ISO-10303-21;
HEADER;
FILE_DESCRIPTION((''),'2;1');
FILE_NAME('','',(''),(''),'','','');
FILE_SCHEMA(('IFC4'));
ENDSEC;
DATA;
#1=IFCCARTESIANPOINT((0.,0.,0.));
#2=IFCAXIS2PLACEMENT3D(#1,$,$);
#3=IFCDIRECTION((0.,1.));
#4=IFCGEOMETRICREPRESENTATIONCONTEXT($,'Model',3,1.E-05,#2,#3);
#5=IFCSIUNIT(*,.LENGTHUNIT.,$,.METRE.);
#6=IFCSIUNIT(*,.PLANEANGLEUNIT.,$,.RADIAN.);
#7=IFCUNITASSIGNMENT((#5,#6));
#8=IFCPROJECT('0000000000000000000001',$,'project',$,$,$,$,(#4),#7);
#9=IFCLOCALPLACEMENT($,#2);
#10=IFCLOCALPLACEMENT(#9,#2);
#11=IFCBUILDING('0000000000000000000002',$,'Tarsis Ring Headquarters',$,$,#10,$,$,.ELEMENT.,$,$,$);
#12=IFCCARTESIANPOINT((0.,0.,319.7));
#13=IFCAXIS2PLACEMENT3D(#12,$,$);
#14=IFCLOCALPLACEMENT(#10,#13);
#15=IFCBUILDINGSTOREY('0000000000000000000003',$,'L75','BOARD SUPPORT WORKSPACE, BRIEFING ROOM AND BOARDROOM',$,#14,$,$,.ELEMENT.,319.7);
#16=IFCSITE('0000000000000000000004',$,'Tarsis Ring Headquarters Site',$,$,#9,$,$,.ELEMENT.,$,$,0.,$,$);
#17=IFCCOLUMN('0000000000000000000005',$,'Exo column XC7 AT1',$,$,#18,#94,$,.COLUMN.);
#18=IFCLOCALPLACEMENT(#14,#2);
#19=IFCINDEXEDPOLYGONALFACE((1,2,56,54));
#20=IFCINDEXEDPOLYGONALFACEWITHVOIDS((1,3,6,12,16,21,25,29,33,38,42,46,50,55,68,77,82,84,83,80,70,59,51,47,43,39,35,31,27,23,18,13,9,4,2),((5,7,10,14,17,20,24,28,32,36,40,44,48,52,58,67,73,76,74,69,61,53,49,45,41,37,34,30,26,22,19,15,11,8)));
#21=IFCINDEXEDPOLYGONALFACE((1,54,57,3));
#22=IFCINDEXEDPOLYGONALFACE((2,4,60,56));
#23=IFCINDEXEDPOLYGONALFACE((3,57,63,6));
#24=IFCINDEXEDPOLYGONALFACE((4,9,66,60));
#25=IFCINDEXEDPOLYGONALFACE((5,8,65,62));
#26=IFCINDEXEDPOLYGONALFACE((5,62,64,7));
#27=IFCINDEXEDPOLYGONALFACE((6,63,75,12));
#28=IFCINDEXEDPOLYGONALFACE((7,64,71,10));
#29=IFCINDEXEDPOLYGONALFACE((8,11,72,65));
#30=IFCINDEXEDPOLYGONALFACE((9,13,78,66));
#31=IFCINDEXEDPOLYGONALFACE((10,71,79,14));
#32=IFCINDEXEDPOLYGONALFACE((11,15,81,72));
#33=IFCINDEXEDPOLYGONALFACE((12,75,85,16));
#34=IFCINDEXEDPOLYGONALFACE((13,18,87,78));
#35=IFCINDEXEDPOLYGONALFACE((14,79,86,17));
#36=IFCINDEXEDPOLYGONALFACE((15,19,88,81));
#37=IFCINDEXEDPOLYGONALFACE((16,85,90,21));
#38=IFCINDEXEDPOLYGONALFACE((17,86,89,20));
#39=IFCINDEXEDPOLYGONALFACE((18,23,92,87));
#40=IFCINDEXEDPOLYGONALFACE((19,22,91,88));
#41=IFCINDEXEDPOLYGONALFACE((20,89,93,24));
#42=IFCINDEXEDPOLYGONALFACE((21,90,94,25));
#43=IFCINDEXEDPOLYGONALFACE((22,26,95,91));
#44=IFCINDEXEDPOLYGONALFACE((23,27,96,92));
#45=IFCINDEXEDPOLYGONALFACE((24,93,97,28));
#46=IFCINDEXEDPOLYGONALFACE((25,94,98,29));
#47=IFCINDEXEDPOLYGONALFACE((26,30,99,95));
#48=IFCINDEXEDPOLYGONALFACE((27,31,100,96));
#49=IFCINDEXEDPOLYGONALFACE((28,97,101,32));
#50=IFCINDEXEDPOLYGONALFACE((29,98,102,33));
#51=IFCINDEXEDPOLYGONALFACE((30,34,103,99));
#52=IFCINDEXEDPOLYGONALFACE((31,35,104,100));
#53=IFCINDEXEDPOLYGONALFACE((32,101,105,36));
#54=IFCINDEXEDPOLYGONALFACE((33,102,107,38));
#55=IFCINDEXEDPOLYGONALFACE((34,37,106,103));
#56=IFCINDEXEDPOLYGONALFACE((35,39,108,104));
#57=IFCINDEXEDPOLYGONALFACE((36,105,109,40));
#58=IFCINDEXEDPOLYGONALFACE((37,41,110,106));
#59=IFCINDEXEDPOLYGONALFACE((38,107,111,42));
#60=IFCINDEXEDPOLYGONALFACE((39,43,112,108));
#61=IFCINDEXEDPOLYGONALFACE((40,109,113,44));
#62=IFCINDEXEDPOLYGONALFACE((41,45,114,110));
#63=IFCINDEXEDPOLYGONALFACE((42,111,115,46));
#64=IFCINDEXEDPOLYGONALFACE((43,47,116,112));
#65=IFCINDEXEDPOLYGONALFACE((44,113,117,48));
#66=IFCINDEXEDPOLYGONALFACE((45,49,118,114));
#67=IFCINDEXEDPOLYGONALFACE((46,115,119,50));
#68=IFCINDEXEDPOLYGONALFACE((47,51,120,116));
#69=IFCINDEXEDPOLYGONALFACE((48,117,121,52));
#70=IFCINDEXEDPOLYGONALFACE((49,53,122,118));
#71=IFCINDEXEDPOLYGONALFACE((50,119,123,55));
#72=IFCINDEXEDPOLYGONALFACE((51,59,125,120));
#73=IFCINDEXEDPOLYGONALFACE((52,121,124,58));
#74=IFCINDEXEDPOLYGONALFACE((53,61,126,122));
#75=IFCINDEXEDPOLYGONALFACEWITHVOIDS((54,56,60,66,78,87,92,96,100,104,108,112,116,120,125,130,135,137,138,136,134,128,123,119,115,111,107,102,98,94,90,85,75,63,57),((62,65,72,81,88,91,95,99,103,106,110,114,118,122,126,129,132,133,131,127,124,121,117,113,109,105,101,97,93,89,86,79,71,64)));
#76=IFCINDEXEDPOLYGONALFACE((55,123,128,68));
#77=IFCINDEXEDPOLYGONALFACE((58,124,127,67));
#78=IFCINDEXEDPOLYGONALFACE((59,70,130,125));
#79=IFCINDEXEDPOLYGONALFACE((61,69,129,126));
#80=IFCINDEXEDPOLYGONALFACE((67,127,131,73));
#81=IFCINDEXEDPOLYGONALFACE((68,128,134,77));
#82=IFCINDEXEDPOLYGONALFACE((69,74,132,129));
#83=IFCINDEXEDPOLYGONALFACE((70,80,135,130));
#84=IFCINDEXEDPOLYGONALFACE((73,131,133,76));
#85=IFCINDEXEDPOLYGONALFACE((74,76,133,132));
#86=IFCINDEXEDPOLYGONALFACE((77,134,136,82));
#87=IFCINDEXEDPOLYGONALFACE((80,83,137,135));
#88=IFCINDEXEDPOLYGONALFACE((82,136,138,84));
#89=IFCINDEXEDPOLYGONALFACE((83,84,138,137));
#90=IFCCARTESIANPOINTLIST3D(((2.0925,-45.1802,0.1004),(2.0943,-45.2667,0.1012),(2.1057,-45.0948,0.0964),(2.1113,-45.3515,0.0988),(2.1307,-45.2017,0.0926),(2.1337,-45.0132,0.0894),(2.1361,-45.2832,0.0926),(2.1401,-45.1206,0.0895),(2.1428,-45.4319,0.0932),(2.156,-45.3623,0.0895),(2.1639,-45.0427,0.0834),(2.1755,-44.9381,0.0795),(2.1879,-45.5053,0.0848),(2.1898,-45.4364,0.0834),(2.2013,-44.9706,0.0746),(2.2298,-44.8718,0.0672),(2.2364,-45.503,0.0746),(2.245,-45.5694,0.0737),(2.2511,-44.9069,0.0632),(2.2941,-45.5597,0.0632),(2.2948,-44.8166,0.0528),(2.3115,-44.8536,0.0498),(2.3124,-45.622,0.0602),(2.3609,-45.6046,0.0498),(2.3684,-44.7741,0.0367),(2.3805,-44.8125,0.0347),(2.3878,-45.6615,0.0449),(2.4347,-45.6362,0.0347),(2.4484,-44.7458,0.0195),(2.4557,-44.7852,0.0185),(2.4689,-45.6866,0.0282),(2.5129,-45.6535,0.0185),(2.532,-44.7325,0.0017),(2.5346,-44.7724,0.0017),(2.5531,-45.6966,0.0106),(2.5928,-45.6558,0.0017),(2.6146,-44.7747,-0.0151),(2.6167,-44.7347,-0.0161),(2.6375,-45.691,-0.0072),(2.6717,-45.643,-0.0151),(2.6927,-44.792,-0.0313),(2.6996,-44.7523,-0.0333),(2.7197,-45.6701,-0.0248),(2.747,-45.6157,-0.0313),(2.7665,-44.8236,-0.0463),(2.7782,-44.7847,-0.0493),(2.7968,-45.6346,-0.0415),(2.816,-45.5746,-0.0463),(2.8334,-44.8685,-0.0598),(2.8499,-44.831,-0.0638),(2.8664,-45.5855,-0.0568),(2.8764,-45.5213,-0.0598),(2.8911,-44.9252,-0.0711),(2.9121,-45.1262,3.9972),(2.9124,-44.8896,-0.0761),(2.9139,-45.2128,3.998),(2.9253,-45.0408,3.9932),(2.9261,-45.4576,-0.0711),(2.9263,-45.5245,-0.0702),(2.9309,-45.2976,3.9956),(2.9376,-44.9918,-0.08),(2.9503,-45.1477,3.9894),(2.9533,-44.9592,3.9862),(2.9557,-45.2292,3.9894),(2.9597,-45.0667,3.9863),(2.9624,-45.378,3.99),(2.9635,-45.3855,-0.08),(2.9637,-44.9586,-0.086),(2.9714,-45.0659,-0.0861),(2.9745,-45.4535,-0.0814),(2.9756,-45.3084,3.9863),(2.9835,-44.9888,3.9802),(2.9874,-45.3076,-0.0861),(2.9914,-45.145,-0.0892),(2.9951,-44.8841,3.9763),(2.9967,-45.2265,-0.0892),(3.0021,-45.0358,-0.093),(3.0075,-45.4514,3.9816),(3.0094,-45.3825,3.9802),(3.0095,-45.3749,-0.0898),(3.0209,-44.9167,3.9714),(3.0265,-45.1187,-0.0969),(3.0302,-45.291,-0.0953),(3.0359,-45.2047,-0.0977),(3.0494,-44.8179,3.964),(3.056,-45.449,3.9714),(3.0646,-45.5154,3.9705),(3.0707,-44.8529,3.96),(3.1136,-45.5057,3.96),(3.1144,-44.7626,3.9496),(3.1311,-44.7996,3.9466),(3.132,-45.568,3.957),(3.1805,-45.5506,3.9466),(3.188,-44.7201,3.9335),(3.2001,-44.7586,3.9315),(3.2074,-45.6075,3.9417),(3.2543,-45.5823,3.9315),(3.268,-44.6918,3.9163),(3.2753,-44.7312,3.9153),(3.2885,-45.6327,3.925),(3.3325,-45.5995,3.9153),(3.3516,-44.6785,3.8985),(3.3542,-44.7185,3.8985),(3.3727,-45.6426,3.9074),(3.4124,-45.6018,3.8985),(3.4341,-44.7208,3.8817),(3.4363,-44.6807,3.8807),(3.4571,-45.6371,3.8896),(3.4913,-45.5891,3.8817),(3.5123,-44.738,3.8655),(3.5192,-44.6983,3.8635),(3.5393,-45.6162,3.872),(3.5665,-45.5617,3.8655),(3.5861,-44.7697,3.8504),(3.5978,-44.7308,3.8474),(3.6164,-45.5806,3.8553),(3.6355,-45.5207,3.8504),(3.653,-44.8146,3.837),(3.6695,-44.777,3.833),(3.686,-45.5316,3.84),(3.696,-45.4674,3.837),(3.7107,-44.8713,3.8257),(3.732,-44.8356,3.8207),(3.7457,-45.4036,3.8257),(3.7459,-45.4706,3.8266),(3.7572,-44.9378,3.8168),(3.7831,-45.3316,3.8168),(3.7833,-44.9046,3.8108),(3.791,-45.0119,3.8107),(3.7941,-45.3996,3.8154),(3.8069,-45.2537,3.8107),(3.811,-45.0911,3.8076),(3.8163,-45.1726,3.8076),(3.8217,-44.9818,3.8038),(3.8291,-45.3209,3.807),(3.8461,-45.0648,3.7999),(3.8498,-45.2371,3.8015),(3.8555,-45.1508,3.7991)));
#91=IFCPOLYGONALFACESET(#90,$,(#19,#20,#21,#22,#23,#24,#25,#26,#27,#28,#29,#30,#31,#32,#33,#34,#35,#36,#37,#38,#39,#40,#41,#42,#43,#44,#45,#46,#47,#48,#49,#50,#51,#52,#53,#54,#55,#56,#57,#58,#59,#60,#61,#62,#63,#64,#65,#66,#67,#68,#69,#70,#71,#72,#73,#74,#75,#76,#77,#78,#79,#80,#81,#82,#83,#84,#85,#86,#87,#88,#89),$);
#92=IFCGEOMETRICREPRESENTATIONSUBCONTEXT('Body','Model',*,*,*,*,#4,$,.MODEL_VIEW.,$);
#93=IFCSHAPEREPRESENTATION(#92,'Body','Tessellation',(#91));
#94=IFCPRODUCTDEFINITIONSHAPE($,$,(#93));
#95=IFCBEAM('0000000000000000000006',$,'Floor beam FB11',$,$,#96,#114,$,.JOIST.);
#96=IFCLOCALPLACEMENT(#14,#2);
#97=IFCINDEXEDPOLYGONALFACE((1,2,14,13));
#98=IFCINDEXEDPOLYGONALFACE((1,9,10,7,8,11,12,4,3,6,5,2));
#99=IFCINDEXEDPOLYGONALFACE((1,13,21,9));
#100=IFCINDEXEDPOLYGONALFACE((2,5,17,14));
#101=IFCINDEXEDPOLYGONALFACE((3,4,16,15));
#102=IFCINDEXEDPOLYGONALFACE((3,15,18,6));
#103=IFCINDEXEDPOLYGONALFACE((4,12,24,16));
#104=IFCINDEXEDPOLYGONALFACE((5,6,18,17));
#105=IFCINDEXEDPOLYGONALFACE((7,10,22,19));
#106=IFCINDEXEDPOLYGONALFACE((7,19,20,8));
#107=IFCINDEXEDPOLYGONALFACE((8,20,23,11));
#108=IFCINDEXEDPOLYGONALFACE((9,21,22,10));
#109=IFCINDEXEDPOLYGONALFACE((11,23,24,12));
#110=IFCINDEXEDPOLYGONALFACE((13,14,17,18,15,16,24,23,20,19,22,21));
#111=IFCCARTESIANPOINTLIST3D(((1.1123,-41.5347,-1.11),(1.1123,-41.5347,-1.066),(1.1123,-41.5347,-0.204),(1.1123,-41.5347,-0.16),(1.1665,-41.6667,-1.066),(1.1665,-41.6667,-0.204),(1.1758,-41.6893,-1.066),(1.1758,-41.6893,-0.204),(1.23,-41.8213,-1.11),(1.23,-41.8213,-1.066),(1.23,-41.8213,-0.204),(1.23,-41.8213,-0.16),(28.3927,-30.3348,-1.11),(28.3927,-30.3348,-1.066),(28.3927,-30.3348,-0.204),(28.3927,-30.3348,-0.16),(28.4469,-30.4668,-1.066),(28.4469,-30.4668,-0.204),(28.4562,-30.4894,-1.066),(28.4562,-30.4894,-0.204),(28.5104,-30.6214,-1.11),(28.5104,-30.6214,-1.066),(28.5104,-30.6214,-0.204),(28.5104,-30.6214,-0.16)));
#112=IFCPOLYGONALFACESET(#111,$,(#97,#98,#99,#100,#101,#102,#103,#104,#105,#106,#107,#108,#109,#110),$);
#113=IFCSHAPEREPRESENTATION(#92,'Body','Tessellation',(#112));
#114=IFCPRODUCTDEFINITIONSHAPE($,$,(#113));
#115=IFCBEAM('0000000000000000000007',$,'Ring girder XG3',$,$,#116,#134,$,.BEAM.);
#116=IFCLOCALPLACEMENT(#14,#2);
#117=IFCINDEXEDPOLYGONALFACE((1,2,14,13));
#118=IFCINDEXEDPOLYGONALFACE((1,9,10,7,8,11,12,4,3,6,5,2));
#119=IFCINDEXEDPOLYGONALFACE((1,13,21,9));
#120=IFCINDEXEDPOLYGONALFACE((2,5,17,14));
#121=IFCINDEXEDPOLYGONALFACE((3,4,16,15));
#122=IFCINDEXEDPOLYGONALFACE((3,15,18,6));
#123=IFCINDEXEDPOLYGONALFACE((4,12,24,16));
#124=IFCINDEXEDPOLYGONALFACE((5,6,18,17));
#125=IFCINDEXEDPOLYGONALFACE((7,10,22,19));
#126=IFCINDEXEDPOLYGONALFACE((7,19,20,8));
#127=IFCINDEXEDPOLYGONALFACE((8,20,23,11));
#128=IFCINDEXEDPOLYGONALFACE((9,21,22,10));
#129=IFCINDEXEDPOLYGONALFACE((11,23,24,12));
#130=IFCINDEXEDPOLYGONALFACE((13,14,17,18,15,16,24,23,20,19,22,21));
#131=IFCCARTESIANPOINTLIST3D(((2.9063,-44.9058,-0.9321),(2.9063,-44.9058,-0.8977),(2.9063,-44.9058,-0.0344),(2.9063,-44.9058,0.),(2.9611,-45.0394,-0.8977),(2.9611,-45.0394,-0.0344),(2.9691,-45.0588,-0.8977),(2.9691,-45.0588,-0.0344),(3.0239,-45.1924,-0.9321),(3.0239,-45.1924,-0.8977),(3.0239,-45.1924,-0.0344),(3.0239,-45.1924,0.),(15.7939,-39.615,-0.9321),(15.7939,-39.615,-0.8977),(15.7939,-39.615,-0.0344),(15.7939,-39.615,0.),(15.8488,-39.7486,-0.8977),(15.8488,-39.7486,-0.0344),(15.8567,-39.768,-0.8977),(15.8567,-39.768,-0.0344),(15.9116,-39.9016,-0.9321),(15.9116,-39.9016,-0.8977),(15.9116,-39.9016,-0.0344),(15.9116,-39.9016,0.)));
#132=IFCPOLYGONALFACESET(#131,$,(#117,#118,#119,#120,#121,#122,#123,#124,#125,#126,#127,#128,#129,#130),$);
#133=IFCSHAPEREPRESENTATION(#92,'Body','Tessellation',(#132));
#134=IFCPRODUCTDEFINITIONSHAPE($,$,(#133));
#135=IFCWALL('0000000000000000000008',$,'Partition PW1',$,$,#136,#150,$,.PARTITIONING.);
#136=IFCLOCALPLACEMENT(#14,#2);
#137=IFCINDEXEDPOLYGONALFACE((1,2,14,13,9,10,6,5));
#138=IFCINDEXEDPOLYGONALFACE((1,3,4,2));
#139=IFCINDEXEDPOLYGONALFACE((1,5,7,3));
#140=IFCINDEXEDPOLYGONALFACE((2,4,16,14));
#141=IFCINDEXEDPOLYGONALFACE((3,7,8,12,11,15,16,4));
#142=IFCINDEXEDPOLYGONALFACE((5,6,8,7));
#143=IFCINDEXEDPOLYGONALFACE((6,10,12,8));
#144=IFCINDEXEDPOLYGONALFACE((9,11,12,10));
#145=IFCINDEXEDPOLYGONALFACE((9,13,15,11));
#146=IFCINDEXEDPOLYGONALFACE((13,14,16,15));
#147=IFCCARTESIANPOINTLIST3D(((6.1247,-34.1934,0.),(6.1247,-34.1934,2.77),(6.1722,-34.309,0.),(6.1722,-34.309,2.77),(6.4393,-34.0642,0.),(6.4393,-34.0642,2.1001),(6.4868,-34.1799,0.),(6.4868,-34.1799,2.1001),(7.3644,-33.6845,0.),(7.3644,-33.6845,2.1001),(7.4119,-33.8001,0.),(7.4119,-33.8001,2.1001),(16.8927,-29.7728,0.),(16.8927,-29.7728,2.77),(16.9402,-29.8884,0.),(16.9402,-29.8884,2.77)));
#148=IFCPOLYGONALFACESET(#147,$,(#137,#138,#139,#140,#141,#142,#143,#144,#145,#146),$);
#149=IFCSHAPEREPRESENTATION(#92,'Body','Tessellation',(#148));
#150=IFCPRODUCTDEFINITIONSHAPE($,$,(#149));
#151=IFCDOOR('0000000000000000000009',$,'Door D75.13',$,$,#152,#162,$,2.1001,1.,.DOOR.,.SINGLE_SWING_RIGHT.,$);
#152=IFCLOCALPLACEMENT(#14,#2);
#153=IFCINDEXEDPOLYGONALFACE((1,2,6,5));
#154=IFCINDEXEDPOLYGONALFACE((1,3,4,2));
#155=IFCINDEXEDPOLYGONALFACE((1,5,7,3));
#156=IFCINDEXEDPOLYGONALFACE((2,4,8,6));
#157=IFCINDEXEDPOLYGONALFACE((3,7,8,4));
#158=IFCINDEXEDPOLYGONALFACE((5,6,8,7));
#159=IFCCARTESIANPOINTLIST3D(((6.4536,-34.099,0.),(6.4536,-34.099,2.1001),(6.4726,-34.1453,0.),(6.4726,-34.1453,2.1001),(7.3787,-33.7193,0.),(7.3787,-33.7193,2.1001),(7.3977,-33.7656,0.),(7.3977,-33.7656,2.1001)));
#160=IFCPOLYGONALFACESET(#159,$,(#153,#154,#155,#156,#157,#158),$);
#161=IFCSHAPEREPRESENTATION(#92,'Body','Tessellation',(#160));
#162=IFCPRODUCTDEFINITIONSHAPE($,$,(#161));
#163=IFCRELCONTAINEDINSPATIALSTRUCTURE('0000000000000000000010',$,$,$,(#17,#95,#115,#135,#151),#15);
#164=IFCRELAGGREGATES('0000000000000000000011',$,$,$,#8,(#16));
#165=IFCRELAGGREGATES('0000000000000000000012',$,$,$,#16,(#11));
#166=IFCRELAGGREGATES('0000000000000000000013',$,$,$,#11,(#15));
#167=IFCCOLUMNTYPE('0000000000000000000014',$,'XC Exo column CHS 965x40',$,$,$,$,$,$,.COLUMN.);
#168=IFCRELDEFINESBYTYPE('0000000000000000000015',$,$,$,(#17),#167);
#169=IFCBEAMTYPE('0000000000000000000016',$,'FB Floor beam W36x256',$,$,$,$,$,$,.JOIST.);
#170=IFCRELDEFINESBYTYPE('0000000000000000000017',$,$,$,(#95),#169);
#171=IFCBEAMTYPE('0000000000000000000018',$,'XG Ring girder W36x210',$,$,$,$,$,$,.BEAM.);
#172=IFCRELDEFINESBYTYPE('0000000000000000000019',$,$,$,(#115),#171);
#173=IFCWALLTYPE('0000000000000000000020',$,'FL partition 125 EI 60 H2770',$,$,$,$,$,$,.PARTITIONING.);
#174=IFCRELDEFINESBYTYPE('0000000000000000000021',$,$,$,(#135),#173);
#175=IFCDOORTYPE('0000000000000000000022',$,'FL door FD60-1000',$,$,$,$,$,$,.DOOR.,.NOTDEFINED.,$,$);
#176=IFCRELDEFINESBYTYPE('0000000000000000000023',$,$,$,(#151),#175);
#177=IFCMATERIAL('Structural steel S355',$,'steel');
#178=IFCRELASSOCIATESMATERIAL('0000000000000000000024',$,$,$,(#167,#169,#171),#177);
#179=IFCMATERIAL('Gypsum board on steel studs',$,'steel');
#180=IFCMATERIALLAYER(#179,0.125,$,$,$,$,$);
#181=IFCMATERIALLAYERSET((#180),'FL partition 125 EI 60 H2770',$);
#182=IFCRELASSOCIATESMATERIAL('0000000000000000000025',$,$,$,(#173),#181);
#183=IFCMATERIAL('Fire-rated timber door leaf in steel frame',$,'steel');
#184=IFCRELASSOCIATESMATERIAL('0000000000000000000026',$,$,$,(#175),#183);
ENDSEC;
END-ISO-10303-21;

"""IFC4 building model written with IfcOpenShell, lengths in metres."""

from ifc_helpers import new_model, si_unit, direction, frame, frame_2d, origin, origin_2d, place, context, subcontext, project, spatial, rectangle, hollow_circle, i_section, extrude, material, layer, layer_set, material_profile, profile_set, type_object, element, fill, save


model = new_model("IFC4")

# Units and contexts
model_context = context("Model", 3, precision=1e-05, world=origin(), true_north=direction((0.0, 1.0)))
body_context = subcontext(model_context, "Body", "Model", "MODEL_VIEW")
ifc_project = project(units=[si_unit("LENGTHUNIT", "METRE"), si_unit("PLANEANGLEUNIT", "RADIAN")], contexts=[model_context])

# Site, building, storey
site_placement = place(None, origin())
site = spatial("IfcSite", under=ifc_project, at=site_placement, Name="Tarsis Ring Headquarters Site", CompositionType="ELEMENT", RefElevation=0.0)
building_placement = place(site_placement, origin())
building = spatial("IfcBuilding", under=site, at=building_placement, Name="Tarsis Ring Headquarters", CompositionType="ELEMENT")
storey_placement = place(building_placement, frame((0.0, 0.0, 319.7)))
storey = spatial("IfcBuildingStorey", under=building, at=storey_placement, Name="L75", Description="BOARD SUPPORT WORKSPACE, BRIEFING ROOM AND BOARDROOM", CompositionType="ELEMENT", Elevation=319.7)

# Column
ifc_material_1 = material(Name="Structural steel S355", Category="steel")
ifc_material_profile_1 = material_profile(ifc_material_1, hollow_circle(Radius=0.4827, WallThickness=0.04, at=origin_2d()), Name="CHS 965x40")
ifc_profile_set_1 = profile_set([ifc_material_profile_1], Name="Structural steel S355")
column_type = type_object("IfcColumnType", Name="XC Exo column CHS 965x40", PredefinedType="COLUMN", material=ifc_profile_set_1)
column_placement = place(storey_placement, frame((2.5637, -45.2141, 0.0017), z_axis=(0.205803, 0.013549, 0.9785), x_axis=(-0.06569, 0.99784, 0.0)))
element("IfcColumn", 1, at=column_placement, inside=storey, type_object=column_type, Name="Exo column XC7 AT1", PredefinedType="COLUMN", context=body_context, shape_type="SweptSolid", body=[
    extrude(hollow_circle(Radius=0.4827, WallThickness=0.04, at=origin_2d()), origin(), (0.0, 0.0, 1.0), 3.9824),
])

# Beams
ifc_material_profile_2 = material_profile(ifc_material_1, i_section(OverallWidth=0.3098, OverallDepth=0.95, WebThickness=0.0244, FlangeThickness=0.0439, at=origin_2d()), Name="W36x256")
ifc_profile_set_2 = profile_set([ifc_material_profile_2], Name="Structural steel S355")
beam_type_1 = type_object("IfcBeamType", Name="FB Floor beam W36x256", PredefinedType="JOIST", material=ifc_profile_set_2)
beam_1_placement = place(storey_placement, frame((1.1711, -41.678, -0.635), z_axis=(0.925074, 0.379787, 0.0), x_axis=(-0.379787, 0.925074, 0.0)))
element("IfcBeam", 2, at=beam_1_placement, inside=storey, type_object=beam_type_1, Name="Floor beam FB11", PredefinedType="JOIST", context=body_context, shape_type="SweptSolid", body=[
    extrude(i_section(OverallWidth=0.3098, OverallDepth=0.95, WebThickness=0.0244, FlangeThickness=0.0439, at=origin_2d()), origin(), (0.0, 0.0, 1.0), 29.49),
])
ifc_material_profile_3 = material_profile(ifc_material_1, i_section(OverallWidth=0.3098, OverallDepth=0.9321, WebThickness=0.021, FlangeThickness=0.0344, at=origin_2d()), Name="W36x210")
ifc_profile_set_3 = profile_set([ifc_material_profile_3], Name="Structural steel S355")
beam_type_2 = type_object("IfcBeamType", Name="XG Ring girder W36x210", PredefinedType="BEAM", material=ifc_profile_set_3)
beam_2_placement = place(storey_placement, frame((2.9651, -45.0491, -0.4661), z_axis=(0.92508, 0.379772, 0.0), x_axis=(-0.379772, 0.92508, 0.0)))
element("IfcBeam", 3, at=beam_2_placement, inside=storey, type_object=beam_type_2, Name="Ring girder XG3", PredefinedType="BEAM", context=body_context, shape_type="SweptSolid", body=[
    extrude(i_section(OverallWidth=0.3098, OverallDepth=0.9321, WebThickness=0.021, FlangeThickness=0.0344, at=origin_2d()), origin(), (0.0, 0.0, 1.0), 13.9314),
])

# Wall, opening, door
ifc_material_2 = material(Name="Gypsum board on steel studs", Category="steel")
ifc_layer_1 = layer(ifc_material_2, 0.125)
ifc_layer_set_1 = layer_set([ifc_layer_1], Name="FL partition 125 EI 60 H2770")
wall_type_1 = type_object("IfcWallType", Name="FL partition 125 EI 60 H2770", PredefinedType="PARTITIONING", material=ifc_layer_set_1)
wall_1_placement = place(storey_placement, frame((6.1484, -34.2512, 0.0), z_axis=(0.0, 0.0, 1.0), x_axis=(0.925079, 0.379776, 0.0)))
wall_1 = element("IfcWall", 4, at=wall_1_placement, inside=storey, type_object=wall_type_1, Name="Partition PW1", PredefinedType="PARTITIONING", context=body_context, shape_type="SweptSolid", body=[
    extrude(rectangle(XDim=11.6401, YDim=0.125, at=frame_2d((5.8201, 0.0))), origin(), (0.0, 0.0, 1.0), 2.77),
])
opening_1_placement = place(wall_1_placement, frame((0.3401, 0.0, 0.0)))
opening_1 = element("IfcOpeningElement", 5, at=opening_1_placement, cuts=wall_1, PredefinedType="OPENING", context=body_context, shape_type="SweptSolid", body=[
    extrude(rectangle(XDim=1.0, YDim=2.1001, at=frame_2d((0.5, 1.05))), frame((0.0, 0.0725, 0.0), z_axis=(0.0, -1.0, 0.0), x_axis=(1.0, 0.0, 0.0)), (0.0, 0.0, 1.0), 0.145),
])
ifc_material_3 = material(Name="Fire-rated timber door leaf in steel frame", Category="steel")
door_type = type_object("IfcDoorType", Name="FL door FD60-1000", OperationType="NOTDEFINED", PredefinedType="DOOR", material=ifc_material_3)
door_1_placement = place(opening_1_placement, origin())
door_1 = element("IfcDoor", 6, at=door_1_placement, inside=storey, type_object=door_type, Name="Door D75.13", OperationType="SINGLE_SWING_RIGHT", OverallHeight=2.1001, OverallWidth=1.0, PredefinedType="DOOR", context=body_context, shape_type="SweptSolid", body=[
    extrude(rectangle(XDim=1.0, YDim=2.1001, at=frame_2d((0.5, 1.05))), frame((0.0, 0.0249, 0.0), z_axis=(0.0, -1.0, 0.0), x_axis=(1.0, 0.0, 0.0)), (0.0, 0.0, 1.0), 0.05),
])
fill(opening_1, door_1)

save(model, "model.ifc")
